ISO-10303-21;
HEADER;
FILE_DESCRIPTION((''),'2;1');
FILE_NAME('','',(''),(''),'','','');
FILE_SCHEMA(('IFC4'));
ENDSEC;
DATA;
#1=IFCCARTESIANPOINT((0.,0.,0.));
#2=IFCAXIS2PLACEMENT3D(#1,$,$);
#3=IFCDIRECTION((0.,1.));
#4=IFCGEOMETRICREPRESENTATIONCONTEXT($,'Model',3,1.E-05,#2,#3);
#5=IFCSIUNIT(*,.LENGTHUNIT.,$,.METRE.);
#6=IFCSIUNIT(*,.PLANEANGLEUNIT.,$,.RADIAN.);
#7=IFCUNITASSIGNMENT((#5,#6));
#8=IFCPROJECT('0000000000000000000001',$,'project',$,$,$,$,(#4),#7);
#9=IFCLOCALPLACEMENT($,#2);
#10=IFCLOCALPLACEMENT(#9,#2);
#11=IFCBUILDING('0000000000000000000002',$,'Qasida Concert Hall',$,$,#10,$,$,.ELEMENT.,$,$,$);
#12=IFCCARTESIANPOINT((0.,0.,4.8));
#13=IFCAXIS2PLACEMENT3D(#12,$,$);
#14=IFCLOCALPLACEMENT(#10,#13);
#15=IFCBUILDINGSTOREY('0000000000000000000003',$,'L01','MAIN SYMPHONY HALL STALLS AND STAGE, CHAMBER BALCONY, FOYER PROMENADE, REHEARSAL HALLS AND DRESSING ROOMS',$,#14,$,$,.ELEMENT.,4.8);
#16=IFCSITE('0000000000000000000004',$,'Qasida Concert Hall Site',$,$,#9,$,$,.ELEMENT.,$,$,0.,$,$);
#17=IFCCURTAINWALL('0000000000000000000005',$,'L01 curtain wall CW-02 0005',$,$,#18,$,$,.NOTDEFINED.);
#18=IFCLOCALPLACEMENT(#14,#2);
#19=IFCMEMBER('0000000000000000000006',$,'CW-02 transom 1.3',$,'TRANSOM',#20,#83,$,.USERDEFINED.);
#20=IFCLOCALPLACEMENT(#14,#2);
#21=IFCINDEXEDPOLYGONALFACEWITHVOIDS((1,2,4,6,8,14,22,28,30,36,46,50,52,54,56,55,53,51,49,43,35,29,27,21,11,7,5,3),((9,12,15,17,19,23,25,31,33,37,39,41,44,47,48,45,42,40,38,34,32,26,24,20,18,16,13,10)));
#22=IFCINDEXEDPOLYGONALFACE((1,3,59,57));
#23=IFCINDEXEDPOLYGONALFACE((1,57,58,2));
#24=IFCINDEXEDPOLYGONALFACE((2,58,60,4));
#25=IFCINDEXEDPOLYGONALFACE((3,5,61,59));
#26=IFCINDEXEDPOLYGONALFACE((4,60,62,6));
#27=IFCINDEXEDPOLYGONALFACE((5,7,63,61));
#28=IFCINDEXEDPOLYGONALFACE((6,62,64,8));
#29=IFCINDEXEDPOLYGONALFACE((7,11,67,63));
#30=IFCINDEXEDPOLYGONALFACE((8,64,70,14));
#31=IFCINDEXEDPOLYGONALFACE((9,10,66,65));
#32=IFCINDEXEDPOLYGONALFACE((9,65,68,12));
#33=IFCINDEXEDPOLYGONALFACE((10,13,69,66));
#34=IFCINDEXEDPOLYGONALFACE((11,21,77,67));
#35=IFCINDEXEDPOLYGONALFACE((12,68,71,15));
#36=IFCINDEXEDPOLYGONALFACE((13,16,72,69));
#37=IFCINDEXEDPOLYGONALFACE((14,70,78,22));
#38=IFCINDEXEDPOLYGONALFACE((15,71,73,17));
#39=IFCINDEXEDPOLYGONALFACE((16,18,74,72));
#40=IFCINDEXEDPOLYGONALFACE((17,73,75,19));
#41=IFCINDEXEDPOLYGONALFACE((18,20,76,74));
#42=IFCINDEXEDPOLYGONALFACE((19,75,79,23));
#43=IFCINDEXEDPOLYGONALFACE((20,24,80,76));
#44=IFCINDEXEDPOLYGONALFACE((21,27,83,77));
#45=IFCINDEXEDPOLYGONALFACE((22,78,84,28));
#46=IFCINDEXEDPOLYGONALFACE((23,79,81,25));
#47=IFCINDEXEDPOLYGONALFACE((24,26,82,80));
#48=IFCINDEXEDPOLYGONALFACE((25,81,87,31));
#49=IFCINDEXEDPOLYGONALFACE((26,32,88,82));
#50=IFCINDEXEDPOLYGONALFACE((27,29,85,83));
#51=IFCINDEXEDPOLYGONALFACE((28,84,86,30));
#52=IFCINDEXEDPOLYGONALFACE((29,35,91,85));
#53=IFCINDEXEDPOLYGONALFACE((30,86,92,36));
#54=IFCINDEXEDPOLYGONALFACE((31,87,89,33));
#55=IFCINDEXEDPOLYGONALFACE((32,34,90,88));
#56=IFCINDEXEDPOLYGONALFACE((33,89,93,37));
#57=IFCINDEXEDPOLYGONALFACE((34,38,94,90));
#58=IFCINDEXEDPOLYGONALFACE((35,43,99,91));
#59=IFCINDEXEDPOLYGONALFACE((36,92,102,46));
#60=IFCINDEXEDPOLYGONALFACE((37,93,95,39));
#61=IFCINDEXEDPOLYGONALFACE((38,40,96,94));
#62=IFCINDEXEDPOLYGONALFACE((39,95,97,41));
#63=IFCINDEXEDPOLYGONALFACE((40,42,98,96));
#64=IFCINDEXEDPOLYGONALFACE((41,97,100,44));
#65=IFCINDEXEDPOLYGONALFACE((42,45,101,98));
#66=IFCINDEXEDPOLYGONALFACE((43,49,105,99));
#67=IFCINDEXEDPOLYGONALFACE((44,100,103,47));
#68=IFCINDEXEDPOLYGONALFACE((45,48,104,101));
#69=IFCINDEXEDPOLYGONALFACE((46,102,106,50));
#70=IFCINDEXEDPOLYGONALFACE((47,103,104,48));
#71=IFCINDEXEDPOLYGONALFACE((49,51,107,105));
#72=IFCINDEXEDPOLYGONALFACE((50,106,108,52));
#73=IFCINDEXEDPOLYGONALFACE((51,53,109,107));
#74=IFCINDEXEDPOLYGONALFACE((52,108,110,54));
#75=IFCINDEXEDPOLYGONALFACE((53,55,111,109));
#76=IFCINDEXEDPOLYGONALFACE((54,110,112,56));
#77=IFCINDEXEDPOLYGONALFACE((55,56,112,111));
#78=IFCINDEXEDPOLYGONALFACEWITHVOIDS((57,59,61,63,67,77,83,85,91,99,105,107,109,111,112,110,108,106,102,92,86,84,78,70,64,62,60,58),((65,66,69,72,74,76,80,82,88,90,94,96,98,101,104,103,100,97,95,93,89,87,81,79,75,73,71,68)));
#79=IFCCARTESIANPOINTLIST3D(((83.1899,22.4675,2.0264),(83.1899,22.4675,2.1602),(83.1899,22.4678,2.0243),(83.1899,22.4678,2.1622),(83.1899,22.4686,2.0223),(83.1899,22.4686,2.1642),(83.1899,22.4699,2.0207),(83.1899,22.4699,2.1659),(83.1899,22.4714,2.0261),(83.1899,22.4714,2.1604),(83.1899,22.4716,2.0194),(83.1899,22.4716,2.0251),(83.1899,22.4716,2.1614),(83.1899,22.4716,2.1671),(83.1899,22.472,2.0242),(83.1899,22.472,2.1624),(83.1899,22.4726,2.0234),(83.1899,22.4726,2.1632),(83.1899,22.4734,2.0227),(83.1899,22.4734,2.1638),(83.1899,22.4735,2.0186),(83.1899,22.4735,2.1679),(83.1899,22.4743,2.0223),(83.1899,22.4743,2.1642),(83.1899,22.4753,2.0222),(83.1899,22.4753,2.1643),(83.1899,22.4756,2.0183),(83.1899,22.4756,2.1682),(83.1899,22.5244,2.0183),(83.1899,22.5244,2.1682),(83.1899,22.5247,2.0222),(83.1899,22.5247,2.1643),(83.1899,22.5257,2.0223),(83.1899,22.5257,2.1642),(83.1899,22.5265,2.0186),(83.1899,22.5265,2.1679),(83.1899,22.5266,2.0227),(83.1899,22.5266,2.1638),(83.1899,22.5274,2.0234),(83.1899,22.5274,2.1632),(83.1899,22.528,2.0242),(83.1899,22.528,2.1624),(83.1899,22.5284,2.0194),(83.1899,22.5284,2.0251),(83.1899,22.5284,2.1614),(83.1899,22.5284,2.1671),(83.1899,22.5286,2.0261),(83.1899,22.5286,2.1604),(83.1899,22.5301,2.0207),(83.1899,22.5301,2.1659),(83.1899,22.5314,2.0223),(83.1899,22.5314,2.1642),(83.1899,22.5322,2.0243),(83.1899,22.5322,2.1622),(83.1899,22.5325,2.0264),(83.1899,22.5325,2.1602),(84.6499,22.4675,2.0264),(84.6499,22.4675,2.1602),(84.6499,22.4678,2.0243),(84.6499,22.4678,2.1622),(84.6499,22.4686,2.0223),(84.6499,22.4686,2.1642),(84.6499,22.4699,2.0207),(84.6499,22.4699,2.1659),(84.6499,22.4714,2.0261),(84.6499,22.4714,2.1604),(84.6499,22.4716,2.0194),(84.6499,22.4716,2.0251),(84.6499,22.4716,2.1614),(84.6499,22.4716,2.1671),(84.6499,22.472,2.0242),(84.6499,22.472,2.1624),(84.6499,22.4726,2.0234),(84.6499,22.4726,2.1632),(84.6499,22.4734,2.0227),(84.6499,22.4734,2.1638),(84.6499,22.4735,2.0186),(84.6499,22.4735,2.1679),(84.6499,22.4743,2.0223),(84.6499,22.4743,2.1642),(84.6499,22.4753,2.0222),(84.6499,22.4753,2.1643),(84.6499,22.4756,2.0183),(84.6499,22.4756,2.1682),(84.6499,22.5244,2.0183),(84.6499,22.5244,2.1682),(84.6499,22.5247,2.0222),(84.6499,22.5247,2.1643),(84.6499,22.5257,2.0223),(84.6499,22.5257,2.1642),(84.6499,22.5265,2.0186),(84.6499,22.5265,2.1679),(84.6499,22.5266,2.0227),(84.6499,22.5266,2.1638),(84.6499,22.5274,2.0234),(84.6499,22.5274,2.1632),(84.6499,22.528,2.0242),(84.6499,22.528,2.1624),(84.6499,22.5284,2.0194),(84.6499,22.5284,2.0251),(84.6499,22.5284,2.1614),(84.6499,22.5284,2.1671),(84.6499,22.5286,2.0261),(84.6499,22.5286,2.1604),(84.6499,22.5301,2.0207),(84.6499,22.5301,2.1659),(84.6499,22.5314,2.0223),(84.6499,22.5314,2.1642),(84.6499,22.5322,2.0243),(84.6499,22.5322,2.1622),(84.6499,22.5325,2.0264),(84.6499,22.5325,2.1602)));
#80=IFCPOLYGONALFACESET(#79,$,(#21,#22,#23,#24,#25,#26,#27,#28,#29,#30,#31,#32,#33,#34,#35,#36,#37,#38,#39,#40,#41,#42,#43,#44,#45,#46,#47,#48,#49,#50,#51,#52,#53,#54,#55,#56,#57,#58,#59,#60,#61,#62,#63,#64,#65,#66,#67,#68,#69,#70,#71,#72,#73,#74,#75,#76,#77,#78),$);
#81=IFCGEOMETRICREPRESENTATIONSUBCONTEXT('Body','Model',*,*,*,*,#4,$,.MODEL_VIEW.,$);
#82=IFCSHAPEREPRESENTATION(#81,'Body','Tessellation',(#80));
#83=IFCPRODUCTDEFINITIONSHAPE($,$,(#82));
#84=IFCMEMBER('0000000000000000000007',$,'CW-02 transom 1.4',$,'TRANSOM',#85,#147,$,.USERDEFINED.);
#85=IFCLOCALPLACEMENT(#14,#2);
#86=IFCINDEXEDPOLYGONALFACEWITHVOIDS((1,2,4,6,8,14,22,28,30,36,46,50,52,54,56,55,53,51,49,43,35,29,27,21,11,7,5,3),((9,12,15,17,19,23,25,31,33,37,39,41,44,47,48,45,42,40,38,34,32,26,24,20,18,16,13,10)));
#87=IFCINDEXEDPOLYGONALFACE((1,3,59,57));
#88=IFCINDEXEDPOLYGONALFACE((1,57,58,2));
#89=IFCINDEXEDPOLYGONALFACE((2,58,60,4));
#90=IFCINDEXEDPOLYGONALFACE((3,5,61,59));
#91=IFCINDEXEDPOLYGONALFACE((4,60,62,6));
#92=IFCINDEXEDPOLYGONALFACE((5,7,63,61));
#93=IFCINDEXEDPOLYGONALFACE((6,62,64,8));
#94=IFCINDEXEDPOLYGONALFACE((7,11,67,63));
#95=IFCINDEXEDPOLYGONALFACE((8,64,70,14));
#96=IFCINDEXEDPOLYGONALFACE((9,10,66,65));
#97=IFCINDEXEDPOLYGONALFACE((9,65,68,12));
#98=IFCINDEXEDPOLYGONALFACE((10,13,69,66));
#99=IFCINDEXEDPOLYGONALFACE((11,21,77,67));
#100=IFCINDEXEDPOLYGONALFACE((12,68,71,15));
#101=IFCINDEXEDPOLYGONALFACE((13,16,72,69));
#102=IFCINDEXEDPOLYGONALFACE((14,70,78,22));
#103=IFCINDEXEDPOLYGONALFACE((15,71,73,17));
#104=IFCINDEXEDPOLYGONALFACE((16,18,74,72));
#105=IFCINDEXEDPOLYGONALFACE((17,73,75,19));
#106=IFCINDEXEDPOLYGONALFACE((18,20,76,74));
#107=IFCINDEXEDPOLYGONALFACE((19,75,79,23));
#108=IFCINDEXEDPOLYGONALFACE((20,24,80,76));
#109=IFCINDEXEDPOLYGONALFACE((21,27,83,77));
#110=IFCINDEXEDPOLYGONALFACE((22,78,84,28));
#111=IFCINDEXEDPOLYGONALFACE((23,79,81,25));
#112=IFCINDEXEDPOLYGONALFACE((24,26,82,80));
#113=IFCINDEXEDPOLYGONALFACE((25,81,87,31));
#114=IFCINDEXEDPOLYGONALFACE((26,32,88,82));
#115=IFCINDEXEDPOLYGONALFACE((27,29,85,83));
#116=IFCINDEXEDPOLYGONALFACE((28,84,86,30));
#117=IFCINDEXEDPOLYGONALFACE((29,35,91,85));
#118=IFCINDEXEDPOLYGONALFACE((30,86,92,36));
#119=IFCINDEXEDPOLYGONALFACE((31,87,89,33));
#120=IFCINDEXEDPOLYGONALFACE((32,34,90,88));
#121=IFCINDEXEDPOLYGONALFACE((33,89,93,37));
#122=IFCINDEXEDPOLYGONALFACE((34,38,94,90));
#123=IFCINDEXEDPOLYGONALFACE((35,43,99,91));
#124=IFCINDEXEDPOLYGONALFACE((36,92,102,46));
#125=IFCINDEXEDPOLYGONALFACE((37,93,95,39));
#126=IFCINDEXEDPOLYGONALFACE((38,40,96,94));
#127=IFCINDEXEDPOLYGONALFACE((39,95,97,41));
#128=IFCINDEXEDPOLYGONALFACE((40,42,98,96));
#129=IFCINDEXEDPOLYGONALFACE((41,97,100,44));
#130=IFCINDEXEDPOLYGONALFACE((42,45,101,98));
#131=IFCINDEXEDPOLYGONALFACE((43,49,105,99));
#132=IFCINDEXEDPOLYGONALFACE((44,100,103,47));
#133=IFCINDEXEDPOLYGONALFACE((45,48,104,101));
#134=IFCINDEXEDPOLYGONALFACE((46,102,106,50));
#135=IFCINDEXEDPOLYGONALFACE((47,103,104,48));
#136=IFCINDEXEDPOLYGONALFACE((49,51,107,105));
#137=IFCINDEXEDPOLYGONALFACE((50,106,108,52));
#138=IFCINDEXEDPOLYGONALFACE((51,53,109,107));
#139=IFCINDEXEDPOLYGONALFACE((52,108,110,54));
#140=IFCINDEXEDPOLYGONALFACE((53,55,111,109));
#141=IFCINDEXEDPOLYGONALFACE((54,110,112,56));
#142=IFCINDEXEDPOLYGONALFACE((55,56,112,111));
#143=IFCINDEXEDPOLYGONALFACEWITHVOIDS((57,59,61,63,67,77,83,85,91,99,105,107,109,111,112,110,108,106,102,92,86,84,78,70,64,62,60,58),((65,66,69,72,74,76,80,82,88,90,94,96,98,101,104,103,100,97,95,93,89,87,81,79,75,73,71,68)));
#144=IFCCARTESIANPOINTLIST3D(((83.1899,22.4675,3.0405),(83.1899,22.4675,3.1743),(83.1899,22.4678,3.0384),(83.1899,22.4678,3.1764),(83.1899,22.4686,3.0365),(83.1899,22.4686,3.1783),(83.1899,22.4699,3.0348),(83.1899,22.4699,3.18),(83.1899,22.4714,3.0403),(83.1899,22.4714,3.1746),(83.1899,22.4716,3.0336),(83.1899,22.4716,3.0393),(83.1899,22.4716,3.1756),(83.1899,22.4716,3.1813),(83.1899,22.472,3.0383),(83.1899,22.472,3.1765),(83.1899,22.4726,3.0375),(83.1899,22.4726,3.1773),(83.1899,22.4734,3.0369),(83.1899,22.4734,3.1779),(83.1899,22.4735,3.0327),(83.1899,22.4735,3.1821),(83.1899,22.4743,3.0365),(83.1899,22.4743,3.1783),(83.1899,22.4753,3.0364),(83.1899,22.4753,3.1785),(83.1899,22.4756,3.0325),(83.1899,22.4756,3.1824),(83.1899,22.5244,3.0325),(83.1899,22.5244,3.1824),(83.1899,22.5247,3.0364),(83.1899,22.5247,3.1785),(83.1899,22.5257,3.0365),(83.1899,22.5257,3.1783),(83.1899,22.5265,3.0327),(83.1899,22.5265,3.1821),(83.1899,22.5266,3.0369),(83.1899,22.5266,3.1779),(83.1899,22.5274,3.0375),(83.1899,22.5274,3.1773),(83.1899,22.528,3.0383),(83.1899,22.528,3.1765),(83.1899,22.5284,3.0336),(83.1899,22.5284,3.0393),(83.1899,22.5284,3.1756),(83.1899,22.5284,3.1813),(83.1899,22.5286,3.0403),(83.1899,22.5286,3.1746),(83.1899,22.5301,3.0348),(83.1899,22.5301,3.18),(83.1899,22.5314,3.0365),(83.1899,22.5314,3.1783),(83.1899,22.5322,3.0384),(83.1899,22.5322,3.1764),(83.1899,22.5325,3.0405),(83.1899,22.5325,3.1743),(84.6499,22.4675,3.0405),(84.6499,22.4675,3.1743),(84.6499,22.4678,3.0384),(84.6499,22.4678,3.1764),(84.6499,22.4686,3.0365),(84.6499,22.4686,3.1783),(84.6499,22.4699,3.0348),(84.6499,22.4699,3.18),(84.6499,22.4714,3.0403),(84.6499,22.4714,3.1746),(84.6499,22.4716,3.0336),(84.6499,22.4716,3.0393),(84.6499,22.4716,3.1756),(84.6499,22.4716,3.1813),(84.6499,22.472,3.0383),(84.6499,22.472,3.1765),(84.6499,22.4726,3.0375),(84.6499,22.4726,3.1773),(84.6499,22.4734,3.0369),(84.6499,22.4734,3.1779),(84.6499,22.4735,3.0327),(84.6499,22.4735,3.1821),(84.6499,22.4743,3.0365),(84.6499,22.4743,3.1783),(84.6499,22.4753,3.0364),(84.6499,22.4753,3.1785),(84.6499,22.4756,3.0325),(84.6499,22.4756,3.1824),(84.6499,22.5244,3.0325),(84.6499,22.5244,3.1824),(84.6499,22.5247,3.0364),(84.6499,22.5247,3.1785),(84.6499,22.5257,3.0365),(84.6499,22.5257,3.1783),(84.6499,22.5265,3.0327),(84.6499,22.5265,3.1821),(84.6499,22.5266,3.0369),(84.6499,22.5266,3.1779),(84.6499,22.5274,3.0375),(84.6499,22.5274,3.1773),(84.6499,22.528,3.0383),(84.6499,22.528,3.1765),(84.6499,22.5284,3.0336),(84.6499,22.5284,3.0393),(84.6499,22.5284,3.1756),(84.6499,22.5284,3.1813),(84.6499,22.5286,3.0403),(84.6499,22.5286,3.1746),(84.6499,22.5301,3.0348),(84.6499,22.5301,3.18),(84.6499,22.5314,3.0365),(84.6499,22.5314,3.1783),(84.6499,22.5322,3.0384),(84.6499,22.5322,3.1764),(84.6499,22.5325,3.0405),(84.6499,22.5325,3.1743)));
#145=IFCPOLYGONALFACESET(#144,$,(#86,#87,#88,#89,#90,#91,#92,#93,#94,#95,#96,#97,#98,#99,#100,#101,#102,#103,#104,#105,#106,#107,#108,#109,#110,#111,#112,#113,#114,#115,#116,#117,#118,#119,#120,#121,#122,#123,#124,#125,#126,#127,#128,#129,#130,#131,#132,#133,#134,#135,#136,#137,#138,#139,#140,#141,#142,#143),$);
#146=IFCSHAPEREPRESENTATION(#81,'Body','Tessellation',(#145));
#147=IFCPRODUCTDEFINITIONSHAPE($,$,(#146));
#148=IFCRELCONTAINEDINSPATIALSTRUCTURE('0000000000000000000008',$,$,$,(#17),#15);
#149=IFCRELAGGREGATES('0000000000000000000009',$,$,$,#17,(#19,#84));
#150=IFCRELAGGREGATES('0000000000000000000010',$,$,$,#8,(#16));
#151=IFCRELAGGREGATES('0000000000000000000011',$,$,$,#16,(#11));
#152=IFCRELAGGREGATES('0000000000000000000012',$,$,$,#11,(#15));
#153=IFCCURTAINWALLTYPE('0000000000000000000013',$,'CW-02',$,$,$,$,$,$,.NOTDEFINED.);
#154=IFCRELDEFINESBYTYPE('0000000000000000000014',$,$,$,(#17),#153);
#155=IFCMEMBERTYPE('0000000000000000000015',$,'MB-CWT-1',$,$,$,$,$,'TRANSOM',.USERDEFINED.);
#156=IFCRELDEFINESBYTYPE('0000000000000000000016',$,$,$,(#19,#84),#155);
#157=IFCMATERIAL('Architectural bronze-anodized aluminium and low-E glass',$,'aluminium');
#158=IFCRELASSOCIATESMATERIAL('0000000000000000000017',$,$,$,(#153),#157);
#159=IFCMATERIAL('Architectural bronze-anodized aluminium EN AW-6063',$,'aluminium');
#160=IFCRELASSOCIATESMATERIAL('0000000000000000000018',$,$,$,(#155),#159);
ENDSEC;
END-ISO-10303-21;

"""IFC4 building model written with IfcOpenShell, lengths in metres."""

from ifc_helpers import new_model, si_unit, direction, frame, origin, origin_2d, place, context, subcontext, project, spatial, hollow_rectangle, extrude, material, material_profile, profile_set, type_object, element, aggregate, save


model = new_model("IFC4")

# Units and contexts
model_context = context("Model", 3, precision=1e-05, world=origin(), true_north=direction((0.0, 1.0)))
body_context = subcontext(model_context, "Body", "Model", "MODEL_VIEW")
ifc_project = project(units=[si_unit("LENGTHUNIT", "METRE"), si_unit("PLANEANGLEUNIT", "RADIAN")], contexts=[model_context])

# Site, building, storey
site_placement = place(None, origin())
site = spatial("IfcSite", under=ifc_project, at=site_placement, Name="Qasida Concert Hall Site", CompositionType="ELEMENT", RefElevation=0.0)
building_placement = place(site_placement, origin())
building = spatial("IfcBuilding", under=site, at=building_placement, Name="Qasida Concert Hall", CompositionType="ELEMENT")
storey_placement = place(building_placement, frame((0.0, 0.0, 4.8)))
storey = spatial("IfcBuildingStorey", under=building, at=storey_placement, Name="L01", Description="MAIN SYMPHONY HALL STALLS AND STAGE, CHAMBER BALCONY, FOYER PROMENADE, REHEARSAL HALLS AND DRESSING ROOMS", CompositionType="ELEMENT", Elevation=4.8)

# Shared definitions
ifc_material_1 = material(Name="Architectural bronze-anodized aluminium and low-E glass", Category="aluminium")
curtain_wall_type = type_object("IfcCurtainWallType", Name="CW-02", PredefinedType="NOTDEFINED", material=ifc_material_1)
ifc_material_2 = material(Name="Architectural bronze-anodized aluminium EN AW-6063", Category="aluminium")

# Curtain wall
curtain_wall_1_placement = place(storey_placement, origin())
curtain_wall_1 = element("IfcCurtainWall", 1, at=curtain_wall_1_placement, inside=storey, type_object=curtain_wall_type, Name="L01 curtain wall CW-02 0005", PredefinedType="NOTDEFINED")

# Members
ifc_material_profile_1 = material_profile(ifc_material_2, hollow_rectangle(XDim=0.0649, YDim=0.1499, WallThickness=0.0039, InnerFilletRadius=0.0039, OuterFilletRadius=0.0081, at=origin_2d()), Name="CWT 150x65x4")
ifc_profile_set_1 = profile_set([ifc_material_profile_1], Name="Architectural bronze-anodized aluminium EN AW-6063")
member_type_1 = type_object("IfcMemberType", Name="MB-CWT-1", ElementType="TRANSOM", PredefinedType="USERDEFINED", material=ifc_profile_set_1)
member_1_placement = place(storey_placement, frame((83.1899, 22.5, 2.0933), z_axis=(1.0, 0.0, 0.0), x_axis=(0.0, 1.0, 0.0)))
member_1 = element("IfcMember", 2, at=member_1_placement, type_object=member_type_1, Name="CW-02 transom 1.3", ObjectType="TRANSOM", PredefinedType="USERDEFINED", context=body_context, shape_type="SweptSolid", body=[
    extrude(hollow_rectangle(XDim=0.0649, YDim=0.1499, WallThickness=0.0039, InnerFilletRadius=0.0039, OuterFilletRadius=0.0081, at=origin_2d()), origin(), (0.0, 0.0, 1.0), 1.46),
])
member_2_placement = place(storey_placement, frame((83.1899, 22.5, 3.1074), z_axis=(1.0, 0.0, 0.0), x_axis=(0.0, 1.0, 0.0)))
member_2 = element("IfcMember", 3, at=member_2_placement, type_object=member_type_1, Name="CW-02 transom 1.4", ObjectType="TRANSOM", PredefinedType="USERDEFINED", context=body_context, shape_type="SweptSolid", body=[
    extrude(hollow_rectangle(XDim=0.0649, YDim=0.1499, WallThickness=0.0039, InnerFilletRadius=0.0039, OuterFilletRadius=0.0081, at=origin_2d()), origin(), (0.0, 0.0, 1.0), 1.46),
])

aggregate(curtain_wall_1, [member_1, member_2])

save(model, "model.ifc")
